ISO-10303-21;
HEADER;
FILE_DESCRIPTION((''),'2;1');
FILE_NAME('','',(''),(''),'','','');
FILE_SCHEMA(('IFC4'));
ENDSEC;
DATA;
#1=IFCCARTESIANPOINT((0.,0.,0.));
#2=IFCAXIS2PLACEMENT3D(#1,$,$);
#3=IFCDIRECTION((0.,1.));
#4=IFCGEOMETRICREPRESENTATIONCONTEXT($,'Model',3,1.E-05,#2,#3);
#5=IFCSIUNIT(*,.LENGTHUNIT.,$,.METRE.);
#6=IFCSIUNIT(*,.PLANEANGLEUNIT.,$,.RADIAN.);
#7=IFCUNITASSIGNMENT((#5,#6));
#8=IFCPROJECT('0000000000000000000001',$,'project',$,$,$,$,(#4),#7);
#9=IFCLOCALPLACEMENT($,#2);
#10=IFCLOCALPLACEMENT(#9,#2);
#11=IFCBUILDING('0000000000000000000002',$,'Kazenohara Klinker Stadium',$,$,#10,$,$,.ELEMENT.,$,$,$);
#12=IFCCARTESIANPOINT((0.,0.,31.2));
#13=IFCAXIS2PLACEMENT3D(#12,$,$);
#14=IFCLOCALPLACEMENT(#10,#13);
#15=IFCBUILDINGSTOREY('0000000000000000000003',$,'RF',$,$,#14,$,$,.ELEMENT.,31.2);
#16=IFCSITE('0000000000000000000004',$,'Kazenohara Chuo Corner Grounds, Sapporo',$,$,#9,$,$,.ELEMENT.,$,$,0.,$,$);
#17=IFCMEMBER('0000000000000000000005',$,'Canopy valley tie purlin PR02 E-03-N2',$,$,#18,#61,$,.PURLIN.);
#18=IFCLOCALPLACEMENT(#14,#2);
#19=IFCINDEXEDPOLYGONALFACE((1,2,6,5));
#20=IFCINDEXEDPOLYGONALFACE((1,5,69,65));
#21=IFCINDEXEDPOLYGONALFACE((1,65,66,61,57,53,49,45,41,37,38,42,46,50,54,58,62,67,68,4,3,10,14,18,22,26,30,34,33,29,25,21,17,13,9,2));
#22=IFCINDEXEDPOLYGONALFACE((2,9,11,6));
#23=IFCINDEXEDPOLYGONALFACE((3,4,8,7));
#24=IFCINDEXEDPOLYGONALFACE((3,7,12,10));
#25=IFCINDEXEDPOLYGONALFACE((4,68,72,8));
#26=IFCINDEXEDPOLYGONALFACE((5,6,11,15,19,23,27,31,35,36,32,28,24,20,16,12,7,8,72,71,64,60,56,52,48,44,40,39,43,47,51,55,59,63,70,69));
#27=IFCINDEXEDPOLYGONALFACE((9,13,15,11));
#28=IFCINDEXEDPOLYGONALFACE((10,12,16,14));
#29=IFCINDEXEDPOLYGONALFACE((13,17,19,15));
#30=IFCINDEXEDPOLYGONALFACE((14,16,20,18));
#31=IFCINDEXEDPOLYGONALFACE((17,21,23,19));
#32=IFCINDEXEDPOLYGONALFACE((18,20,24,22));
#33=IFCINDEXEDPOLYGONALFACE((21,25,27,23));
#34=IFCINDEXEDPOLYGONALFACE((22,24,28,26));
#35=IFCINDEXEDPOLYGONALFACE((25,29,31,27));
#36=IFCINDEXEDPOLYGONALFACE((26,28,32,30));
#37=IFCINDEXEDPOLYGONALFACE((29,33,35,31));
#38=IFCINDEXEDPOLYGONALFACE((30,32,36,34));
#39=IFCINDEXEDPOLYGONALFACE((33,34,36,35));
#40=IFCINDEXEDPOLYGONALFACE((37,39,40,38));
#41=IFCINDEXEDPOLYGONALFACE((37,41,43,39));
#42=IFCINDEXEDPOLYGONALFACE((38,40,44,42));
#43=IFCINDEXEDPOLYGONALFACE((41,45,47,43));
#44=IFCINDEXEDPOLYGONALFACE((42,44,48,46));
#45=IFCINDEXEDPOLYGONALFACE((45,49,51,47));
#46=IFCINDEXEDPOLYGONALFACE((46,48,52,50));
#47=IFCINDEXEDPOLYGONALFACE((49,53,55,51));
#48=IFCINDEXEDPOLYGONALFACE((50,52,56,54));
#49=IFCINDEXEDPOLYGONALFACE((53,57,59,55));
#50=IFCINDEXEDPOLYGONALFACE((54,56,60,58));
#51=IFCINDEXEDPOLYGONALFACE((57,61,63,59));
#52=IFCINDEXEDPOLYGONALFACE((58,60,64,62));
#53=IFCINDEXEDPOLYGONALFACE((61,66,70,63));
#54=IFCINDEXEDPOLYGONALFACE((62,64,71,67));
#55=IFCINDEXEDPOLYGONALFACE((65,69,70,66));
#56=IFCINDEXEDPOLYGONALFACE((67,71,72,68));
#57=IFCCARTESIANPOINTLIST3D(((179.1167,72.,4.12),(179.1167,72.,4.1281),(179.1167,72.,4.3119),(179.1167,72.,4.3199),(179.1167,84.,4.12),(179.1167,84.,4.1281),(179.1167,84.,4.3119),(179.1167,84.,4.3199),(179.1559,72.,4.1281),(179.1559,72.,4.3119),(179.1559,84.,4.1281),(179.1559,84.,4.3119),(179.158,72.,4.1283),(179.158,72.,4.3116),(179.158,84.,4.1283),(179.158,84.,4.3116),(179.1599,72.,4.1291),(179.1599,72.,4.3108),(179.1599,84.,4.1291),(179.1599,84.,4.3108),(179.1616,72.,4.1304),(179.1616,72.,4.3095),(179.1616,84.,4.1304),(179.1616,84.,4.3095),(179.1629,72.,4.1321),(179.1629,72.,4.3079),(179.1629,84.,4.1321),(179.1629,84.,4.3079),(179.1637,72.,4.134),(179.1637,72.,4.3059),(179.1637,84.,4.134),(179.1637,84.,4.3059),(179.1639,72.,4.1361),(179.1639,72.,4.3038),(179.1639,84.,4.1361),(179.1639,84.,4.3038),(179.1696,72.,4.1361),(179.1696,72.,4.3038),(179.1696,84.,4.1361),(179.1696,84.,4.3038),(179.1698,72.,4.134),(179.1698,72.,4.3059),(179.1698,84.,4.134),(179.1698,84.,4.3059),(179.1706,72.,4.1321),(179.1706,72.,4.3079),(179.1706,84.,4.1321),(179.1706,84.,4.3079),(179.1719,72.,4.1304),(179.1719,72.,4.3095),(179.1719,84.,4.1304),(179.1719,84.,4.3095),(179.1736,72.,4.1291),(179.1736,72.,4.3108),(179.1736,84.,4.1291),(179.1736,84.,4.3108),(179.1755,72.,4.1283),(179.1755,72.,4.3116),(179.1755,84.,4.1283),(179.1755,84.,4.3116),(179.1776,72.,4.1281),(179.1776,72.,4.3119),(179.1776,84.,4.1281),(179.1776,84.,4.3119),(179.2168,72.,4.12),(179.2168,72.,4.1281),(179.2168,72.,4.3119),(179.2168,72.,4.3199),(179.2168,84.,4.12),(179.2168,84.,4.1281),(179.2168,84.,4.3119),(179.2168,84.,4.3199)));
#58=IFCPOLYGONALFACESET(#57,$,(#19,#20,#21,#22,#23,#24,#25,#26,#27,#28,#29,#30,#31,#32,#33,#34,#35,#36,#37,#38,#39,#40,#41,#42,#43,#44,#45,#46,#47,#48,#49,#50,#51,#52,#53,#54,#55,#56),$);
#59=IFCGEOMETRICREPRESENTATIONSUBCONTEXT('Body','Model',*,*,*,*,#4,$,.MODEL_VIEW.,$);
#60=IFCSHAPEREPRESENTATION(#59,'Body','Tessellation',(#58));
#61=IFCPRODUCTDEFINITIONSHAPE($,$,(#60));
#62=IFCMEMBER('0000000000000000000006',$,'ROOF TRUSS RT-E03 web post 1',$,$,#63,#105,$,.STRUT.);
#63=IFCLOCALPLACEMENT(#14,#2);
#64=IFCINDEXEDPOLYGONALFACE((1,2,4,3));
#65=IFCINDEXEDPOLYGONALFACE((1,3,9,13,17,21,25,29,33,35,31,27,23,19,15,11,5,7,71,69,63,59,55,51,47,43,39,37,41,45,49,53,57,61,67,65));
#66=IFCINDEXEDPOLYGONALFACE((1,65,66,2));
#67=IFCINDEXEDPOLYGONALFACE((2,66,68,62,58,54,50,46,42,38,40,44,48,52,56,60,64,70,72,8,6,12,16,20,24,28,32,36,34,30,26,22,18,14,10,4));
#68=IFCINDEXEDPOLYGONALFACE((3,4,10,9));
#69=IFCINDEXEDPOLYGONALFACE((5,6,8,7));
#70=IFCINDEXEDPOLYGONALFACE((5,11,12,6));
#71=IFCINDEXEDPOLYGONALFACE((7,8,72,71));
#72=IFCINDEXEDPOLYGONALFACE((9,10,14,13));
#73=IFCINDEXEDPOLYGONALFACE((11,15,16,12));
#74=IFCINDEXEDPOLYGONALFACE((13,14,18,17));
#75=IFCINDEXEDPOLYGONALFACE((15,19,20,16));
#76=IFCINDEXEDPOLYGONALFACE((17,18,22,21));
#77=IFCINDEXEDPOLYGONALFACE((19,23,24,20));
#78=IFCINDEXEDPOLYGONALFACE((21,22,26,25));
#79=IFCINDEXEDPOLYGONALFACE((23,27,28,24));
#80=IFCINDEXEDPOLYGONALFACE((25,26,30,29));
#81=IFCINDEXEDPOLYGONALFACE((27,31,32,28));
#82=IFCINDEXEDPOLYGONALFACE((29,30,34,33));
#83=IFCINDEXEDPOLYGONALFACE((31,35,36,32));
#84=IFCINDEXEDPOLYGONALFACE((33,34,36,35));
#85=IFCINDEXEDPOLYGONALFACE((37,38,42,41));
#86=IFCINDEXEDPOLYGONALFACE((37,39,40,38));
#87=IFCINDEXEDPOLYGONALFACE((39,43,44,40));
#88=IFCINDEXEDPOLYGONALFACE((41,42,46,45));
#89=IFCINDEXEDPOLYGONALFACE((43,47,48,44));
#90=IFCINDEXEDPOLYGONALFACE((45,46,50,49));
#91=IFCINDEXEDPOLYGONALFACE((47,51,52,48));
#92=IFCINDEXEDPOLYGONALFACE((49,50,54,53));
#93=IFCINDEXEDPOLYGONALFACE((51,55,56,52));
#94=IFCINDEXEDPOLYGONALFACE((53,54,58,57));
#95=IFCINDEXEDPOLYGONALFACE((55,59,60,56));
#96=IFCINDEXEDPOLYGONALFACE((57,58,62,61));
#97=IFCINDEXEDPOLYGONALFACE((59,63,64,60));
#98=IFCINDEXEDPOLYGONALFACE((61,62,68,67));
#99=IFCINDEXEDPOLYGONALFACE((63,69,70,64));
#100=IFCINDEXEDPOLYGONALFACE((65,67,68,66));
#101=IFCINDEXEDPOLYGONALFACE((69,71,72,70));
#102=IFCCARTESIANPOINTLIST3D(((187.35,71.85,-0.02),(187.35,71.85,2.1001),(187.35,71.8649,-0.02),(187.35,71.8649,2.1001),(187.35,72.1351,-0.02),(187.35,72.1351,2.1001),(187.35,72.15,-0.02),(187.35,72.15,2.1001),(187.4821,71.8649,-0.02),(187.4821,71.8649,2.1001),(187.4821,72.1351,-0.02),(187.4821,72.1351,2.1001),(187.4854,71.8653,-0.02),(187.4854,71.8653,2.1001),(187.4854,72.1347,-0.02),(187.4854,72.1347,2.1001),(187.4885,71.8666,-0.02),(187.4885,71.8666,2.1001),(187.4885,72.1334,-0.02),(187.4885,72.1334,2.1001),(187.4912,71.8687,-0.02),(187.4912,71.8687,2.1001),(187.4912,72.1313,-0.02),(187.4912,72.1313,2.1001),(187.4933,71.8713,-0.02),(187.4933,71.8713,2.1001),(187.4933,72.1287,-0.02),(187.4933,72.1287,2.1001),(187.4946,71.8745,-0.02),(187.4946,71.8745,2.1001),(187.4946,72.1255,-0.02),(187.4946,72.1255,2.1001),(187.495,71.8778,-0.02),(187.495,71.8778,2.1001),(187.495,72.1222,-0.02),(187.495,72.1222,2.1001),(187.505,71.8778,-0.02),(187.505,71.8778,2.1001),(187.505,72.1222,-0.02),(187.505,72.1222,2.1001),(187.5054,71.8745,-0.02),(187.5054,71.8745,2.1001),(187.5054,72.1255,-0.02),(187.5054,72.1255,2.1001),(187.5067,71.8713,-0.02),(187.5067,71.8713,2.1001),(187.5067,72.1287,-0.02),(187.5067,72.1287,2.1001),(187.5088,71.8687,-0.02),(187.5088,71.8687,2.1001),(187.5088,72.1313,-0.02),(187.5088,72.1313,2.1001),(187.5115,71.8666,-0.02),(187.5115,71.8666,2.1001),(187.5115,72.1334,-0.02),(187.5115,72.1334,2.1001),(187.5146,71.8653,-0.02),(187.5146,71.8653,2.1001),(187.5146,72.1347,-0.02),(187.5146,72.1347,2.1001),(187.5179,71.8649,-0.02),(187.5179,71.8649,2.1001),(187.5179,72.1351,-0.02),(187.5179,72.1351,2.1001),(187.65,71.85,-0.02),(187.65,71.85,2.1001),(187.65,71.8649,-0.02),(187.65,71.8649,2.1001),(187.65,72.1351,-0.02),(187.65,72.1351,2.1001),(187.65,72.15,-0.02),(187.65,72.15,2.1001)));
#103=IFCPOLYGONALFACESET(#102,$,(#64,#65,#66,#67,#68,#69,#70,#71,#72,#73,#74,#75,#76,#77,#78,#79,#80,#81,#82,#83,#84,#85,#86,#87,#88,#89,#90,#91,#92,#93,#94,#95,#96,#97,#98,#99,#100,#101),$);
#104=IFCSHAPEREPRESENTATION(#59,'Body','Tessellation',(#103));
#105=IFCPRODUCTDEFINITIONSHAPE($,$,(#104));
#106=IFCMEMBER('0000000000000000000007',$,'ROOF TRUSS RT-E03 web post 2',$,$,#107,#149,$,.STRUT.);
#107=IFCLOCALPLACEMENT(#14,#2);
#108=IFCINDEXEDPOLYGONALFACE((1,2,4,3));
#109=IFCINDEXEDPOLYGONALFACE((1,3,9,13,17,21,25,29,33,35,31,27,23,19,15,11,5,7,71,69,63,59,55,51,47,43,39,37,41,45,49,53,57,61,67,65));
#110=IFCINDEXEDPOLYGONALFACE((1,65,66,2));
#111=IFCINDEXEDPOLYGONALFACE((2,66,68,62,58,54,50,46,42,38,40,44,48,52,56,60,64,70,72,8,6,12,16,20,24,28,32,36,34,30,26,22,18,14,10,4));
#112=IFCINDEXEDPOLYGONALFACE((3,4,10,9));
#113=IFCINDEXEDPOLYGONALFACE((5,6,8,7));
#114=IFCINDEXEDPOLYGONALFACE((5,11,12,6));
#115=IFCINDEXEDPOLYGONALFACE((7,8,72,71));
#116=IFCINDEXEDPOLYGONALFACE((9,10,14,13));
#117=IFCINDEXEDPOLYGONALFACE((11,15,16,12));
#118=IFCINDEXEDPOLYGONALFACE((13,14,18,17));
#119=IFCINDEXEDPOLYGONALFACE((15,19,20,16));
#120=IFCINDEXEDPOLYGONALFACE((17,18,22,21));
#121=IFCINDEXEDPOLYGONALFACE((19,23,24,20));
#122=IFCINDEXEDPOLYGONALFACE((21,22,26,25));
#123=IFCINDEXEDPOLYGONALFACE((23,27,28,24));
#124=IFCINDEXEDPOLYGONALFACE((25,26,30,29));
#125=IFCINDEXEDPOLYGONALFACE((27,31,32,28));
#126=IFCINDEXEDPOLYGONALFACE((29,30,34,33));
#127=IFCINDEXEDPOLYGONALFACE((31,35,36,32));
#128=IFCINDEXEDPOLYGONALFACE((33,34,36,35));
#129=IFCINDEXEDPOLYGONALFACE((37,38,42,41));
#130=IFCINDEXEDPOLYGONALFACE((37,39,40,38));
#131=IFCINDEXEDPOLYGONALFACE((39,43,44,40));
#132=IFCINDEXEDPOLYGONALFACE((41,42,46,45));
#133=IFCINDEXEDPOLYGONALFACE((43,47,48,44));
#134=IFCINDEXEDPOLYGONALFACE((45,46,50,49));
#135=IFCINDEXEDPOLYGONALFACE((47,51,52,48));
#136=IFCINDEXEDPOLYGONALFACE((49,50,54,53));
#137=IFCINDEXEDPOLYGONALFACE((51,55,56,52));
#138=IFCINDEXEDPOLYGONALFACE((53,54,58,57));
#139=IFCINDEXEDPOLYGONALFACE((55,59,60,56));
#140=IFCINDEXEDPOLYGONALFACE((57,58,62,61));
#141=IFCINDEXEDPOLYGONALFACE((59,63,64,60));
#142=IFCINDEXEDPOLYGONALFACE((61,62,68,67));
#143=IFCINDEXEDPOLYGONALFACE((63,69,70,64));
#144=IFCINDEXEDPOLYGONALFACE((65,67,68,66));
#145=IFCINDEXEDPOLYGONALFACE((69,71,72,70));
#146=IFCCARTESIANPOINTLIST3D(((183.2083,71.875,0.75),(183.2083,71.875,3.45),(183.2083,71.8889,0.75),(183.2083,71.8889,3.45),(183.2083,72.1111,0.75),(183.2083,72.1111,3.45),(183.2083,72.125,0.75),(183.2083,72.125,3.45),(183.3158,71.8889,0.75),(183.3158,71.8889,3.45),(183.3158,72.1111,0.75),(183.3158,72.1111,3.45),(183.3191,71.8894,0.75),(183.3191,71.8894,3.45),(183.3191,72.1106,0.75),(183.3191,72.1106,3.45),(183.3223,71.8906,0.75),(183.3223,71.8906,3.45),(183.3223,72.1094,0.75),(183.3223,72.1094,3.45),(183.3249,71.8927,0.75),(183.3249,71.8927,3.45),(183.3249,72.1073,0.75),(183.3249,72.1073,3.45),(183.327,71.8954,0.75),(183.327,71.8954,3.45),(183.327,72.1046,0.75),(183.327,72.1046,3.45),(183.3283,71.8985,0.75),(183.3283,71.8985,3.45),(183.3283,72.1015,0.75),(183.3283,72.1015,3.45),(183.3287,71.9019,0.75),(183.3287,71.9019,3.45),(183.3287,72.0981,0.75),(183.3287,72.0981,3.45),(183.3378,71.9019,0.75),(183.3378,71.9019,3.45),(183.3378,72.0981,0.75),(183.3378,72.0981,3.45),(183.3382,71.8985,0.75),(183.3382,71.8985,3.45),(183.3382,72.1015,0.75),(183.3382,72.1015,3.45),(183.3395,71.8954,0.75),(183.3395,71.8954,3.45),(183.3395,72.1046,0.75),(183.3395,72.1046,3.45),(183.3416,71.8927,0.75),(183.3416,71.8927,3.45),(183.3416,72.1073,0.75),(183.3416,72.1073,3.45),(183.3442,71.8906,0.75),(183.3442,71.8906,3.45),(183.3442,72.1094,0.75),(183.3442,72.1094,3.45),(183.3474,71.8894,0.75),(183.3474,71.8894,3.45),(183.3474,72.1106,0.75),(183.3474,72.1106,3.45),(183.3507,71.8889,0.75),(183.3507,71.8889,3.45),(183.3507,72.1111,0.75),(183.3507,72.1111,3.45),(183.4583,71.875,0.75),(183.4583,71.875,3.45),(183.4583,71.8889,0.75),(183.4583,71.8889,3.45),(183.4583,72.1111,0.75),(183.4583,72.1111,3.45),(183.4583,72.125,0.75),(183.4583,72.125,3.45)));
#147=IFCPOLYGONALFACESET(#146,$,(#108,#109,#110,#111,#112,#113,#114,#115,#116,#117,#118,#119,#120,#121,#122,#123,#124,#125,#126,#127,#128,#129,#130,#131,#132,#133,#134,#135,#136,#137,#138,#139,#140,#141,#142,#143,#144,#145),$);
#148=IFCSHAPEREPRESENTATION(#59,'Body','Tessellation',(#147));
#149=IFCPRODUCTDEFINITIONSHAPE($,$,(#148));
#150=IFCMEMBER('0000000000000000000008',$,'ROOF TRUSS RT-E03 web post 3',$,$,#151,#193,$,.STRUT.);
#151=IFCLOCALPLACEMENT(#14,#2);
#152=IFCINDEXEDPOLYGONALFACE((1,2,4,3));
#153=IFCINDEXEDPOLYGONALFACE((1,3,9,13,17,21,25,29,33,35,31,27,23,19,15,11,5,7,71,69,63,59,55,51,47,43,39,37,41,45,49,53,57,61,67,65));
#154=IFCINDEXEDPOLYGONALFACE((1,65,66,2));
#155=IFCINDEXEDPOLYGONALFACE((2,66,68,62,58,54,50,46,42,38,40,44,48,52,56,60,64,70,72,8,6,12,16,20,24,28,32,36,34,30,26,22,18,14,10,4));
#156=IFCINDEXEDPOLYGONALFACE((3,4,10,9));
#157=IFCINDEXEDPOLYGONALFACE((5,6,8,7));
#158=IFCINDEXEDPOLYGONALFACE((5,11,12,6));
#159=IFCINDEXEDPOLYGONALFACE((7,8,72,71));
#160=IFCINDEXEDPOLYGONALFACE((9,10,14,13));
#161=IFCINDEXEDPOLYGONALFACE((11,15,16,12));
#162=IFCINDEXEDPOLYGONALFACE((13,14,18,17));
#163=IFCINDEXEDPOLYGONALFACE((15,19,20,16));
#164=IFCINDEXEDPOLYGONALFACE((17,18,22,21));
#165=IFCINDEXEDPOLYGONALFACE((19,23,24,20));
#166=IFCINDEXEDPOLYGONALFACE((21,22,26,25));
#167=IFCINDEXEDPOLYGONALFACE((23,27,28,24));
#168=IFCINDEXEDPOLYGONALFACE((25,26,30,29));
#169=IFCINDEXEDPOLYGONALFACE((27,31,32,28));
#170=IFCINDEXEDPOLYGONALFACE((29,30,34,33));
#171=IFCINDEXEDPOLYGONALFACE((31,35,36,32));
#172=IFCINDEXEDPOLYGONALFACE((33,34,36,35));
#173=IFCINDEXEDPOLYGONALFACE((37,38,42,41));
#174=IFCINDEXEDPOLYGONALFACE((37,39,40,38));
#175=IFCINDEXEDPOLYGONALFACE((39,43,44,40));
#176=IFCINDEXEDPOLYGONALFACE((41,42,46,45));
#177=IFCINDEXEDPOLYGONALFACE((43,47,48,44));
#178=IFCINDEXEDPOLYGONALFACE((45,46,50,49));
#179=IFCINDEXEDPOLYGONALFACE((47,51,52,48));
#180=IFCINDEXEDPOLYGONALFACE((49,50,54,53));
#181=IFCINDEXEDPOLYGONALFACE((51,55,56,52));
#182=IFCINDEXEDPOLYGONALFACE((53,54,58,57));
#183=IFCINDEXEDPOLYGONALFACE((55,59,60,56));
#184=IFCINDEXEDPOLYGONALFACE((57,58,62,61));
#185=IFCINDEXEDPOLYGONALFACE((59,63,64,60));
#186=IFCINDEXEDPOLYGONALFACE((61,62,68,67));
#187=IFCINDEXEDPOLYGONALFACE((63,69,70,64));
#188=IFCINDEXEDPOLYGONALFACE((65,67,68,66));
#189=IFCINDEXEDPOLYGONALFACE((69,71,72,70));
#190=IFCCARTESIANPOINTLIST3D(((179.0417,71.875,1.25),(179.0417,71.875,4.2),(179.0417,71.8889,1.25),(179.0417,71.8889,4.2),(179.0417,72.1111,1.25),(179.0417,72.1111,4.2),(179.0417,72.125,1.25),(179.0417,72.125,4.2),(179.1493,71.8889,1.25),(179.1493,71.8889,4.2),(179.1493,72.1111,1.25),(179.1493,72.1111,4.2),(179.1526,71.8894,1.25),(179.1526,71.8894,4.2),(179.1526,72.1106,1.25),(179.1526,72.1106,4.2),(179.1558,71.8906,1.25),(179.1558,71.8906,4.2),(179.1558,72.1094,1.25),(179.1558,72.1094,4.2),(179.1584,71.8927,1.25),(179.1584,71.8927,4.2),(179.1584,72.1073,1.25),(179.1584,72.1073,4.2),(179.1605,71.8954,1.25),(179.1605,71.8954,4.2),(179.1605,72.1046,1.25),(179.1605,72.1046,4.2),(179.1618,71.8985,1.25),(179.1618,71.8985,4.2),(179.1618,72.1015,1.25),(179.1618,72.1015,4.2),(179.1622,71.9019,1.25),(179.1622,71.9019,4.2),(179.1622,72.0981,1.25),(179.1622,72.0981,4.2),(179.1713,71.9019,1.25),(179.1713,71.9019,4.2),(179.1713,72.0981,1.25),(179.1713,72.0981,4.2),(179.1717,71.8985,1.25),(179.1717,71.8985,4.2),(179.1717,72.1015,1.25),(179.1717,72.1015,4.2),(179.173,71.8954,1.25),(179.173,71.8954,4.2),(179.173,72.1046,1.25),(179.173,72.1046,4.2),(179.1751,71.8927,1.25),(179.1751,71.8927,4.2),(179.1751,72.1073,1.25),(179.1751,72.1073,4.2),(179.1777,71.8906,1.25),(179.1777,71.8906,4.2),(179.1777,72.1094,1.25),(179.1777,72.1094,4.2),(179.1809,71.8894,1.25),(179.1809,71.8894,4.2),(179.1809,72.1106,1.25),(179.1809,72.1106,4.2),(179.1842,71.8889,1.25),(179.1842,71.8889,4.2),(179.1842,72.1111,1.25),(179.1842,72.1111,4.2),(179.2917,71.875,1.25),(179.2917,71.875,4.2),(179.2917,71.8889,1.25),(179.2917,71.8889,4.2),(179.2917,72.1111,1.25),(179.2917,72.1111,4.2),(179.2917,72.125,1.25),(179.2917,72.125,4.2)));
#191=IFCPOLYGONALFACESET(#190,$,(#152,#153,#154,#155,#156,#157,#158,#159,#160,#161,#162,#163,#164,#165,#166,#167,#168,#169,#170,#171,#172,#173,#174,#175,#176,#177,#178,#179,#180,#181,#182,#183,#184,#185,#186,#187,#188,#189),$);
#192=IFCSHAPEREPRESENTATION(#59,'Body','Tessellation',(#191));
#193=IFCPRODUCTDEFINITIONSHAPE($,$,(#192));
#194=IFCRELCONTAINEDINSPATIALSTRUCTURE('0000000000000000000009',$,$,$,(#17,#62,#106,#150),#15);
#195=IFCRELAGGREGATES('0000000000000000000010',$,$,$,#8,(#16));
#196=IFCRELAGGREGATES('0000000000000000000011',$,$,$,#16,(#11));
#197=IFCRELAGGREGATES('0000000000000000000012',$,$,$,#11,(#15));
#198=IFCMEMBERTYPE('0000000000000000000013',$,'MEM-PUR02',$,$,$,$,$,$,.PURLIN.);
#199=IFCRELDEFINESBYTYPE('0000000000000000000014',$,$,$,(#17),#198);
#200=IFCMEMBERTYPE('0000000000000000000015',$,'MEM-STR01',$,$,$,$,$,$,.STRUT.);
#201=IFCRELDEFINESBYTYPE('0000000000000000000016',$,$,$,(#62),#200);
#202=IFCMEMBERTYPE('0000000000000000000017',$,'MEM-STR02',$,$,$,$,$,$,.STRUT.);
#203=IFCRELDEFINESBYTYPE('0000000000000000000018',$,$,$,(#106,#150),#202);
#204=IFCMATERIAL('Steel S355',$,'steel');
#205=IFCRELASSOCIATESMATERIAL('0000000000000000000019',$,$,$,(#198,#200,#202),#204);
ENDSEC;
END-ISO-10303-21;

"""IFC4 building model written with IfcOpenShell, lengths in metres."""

from ifc_helpers import new_model, si_unit, direction, frame, origin, origin_2d, place, context, subcontext, project, spatial, i_section, extrude, material, material_profile, profile_set, type_object, element, save


model = new_model("IFC4")

# Units and contexts
model_context = context("Model", 3, precision=1e-05, world=origin(), true_north=direction((0.0, 1.0)))
body_context = subcontext(model_context, "Body", "Model", "MODEL_VIEW")
ifc_project = project(units=[si_unit("LENGTHUNIT", "METRE"), si_unit("PLANEANGLEUNIT", "RADIAN")], contexts=[model_context])

# Site, building, storey
site_placement = place(None, origin())
site = spatial("IfcSite", under=ifc_project, at=site_placement, Name="Kazenohara Chuo Corner Grounds, Sapporo", CompositionType="ELEMENT", RefElevation=0.0)
building_placement = place(site_placement, origin())
building = spatial("IfcBuilding", under=site, at=building_placement, Name="Kazenohara Klinker Stadium", CompositionType="ELEMENT")
storey_placement = place(building_placement, frame((0.0, 0.0, 31.2)))
storey = spatial("IfcBuildingStorey", under=building, at=storey_placement, Name="RF", CompositionType="ELEMENT", Elevation=31.2)

# Members
ifc_material_1 = material(Name="Steel S355", Category="steel")
ifc_material_profile_1 = material_profile(ifc_material_1, i_section(OverallWidth=0.1001, OverallDepth=0.2, WebThickness=0.0056, FlangeThickness=0.0081, FilletRadius=0.0081, at=origin_2d()), Name="H-200x100x5.5x8")
ifc_profile_set_1 = profile_set([ifc_material_profile_1], Name="Steel S355")
member_type_1 = type_object("IfcMemberType", Name="MEM-PUR02", PredefinedType="PURLIN", material=ifc_profile_set_1)
member_1_placement = place(storey_placement, frame((179.1667, 72.0, 4.22), z_axis=(0.0, 1.0, 0.0), x_axis=(-1.0, 0.0, 0.0)))
element("IfcMember", 1, at=member_1_placement, inside=storey, type_object=member_type_1, Name="Canopy valley tie purlin PR02 E-03-N2", PredefinedType="PURLIN", context=body_context, shape_type="SweptSolid", body=[
    extrude(i_section(OverallWidth=0.1001, OverallDepth=0.2, WebThickness=0.0056, FlangeThickness=0.0081, FilletRadius=0.0081, at=origin_2d()), origin(), (0.0, 0.0, 1.0), 12.0),
])
ifc_material_profile_2 = material_profile(ifc_material_1, i_section(OverallWidth=0.3, OverallDepth=0.3, WebThickness=0.01, FlangeThickness=0.0149, FilletRadius=0.0129, at=origin_2d()), Name="H-300x300x10x15")
ifc_profile_set_2 = profile_set([ifc_material_profile_2], Name="Steel S355")
member_type_2 = type_object("IfcMemberType", Name="MEM-STR01", PredefinedType="STRUT", material=ifc_profile_set_2)
member_2_placement = place(storey_placement, frame((187.5, 72.0, -0.02), z_axis=(0.0, 0.0, 1.0), x_axis=(1.0, 0.0, 0.0)))
element("IfcMember", 2, at=member_2_placement, inside=storey, type_object=member_type_2, Name="ROOF TRUSS RT-E03 web post 1", PredefinedType="STRUT", context=body_context, shape_type="SweptSolid", body=[
    extrude(i_section(OverallWidth=0.3, OverallDepth=0.3, WebThickness=0.01, FlangeThickness=0.0149, FilletRadius=0.0129, at=origin_2d()), origin(), (0.0, 0.0, 1.0), 2.1201),
])
ifc_material_profile_3 = material_profile(ifc_material_1, i_section(OverallWidth=0.25, OverallDepth=0.25, WebThickness=0.009, FlangeThickness=0.0139, FilletRadius=0.0129, at=origin_2d()), Name="H-250x250x9x14")
ifc_profile_set_3 = profile_set([ifc_material_profile_3], Name="Steel S355")
member_type_3 = type_object("IfcMemberType", Name="MEM-STR02", PredefinedType="STRUT", material=ifc_profile_set_3)
member_3_placement = place(storey_placement, frame((183.3333, 72.0, 0.75), z_axis=(0.0, 0.0, 1.0), x_axis=(1.0, 0.0, 0.0)))
element("IfcMember", 3, at=member_3_placement, inside=storey, type_object=member_type_3, Name="ROOF TRUSS RT-E03 web post 2", PredefinedType="STRUT", context=body_context, shape_type="SweptSolid", body=[
    extrude(i_section(OverallWidth=0.25, OverallDepth=0.25, WebThickness=0.009, FlangeThickness=0.0139, FilletRadius=0.0129, at=origin_2d()), origin(), (0.0, 0.0, 1.0), 2.7),
])
member_4_placement = place(storey_placement, frame((179.1667, 72.0, 1.25), z_axis=(0.0, 0.0, 1.0), x_axis=(1.0, 0.0, 0.0)))
element("IfcMember", 4, at=member_4_placement, inside=storey, type_object=member_type_3, Name="ROOF TRUSS RT-E03 web post 3", PredefinedType="STRUT", context=body_context, shape_type="SweptSolid", body=[
    extrude(i_section(OverallWidth=0.25, OverallDepth=0.25, WebThickness=0.009, FlangeThickness=0.0139, FilletRadius=0.0129, at=origin_2d()), origin(), (0.0, 0.0, 1.0), 2.95),
])

save(model, "model.ifc")
